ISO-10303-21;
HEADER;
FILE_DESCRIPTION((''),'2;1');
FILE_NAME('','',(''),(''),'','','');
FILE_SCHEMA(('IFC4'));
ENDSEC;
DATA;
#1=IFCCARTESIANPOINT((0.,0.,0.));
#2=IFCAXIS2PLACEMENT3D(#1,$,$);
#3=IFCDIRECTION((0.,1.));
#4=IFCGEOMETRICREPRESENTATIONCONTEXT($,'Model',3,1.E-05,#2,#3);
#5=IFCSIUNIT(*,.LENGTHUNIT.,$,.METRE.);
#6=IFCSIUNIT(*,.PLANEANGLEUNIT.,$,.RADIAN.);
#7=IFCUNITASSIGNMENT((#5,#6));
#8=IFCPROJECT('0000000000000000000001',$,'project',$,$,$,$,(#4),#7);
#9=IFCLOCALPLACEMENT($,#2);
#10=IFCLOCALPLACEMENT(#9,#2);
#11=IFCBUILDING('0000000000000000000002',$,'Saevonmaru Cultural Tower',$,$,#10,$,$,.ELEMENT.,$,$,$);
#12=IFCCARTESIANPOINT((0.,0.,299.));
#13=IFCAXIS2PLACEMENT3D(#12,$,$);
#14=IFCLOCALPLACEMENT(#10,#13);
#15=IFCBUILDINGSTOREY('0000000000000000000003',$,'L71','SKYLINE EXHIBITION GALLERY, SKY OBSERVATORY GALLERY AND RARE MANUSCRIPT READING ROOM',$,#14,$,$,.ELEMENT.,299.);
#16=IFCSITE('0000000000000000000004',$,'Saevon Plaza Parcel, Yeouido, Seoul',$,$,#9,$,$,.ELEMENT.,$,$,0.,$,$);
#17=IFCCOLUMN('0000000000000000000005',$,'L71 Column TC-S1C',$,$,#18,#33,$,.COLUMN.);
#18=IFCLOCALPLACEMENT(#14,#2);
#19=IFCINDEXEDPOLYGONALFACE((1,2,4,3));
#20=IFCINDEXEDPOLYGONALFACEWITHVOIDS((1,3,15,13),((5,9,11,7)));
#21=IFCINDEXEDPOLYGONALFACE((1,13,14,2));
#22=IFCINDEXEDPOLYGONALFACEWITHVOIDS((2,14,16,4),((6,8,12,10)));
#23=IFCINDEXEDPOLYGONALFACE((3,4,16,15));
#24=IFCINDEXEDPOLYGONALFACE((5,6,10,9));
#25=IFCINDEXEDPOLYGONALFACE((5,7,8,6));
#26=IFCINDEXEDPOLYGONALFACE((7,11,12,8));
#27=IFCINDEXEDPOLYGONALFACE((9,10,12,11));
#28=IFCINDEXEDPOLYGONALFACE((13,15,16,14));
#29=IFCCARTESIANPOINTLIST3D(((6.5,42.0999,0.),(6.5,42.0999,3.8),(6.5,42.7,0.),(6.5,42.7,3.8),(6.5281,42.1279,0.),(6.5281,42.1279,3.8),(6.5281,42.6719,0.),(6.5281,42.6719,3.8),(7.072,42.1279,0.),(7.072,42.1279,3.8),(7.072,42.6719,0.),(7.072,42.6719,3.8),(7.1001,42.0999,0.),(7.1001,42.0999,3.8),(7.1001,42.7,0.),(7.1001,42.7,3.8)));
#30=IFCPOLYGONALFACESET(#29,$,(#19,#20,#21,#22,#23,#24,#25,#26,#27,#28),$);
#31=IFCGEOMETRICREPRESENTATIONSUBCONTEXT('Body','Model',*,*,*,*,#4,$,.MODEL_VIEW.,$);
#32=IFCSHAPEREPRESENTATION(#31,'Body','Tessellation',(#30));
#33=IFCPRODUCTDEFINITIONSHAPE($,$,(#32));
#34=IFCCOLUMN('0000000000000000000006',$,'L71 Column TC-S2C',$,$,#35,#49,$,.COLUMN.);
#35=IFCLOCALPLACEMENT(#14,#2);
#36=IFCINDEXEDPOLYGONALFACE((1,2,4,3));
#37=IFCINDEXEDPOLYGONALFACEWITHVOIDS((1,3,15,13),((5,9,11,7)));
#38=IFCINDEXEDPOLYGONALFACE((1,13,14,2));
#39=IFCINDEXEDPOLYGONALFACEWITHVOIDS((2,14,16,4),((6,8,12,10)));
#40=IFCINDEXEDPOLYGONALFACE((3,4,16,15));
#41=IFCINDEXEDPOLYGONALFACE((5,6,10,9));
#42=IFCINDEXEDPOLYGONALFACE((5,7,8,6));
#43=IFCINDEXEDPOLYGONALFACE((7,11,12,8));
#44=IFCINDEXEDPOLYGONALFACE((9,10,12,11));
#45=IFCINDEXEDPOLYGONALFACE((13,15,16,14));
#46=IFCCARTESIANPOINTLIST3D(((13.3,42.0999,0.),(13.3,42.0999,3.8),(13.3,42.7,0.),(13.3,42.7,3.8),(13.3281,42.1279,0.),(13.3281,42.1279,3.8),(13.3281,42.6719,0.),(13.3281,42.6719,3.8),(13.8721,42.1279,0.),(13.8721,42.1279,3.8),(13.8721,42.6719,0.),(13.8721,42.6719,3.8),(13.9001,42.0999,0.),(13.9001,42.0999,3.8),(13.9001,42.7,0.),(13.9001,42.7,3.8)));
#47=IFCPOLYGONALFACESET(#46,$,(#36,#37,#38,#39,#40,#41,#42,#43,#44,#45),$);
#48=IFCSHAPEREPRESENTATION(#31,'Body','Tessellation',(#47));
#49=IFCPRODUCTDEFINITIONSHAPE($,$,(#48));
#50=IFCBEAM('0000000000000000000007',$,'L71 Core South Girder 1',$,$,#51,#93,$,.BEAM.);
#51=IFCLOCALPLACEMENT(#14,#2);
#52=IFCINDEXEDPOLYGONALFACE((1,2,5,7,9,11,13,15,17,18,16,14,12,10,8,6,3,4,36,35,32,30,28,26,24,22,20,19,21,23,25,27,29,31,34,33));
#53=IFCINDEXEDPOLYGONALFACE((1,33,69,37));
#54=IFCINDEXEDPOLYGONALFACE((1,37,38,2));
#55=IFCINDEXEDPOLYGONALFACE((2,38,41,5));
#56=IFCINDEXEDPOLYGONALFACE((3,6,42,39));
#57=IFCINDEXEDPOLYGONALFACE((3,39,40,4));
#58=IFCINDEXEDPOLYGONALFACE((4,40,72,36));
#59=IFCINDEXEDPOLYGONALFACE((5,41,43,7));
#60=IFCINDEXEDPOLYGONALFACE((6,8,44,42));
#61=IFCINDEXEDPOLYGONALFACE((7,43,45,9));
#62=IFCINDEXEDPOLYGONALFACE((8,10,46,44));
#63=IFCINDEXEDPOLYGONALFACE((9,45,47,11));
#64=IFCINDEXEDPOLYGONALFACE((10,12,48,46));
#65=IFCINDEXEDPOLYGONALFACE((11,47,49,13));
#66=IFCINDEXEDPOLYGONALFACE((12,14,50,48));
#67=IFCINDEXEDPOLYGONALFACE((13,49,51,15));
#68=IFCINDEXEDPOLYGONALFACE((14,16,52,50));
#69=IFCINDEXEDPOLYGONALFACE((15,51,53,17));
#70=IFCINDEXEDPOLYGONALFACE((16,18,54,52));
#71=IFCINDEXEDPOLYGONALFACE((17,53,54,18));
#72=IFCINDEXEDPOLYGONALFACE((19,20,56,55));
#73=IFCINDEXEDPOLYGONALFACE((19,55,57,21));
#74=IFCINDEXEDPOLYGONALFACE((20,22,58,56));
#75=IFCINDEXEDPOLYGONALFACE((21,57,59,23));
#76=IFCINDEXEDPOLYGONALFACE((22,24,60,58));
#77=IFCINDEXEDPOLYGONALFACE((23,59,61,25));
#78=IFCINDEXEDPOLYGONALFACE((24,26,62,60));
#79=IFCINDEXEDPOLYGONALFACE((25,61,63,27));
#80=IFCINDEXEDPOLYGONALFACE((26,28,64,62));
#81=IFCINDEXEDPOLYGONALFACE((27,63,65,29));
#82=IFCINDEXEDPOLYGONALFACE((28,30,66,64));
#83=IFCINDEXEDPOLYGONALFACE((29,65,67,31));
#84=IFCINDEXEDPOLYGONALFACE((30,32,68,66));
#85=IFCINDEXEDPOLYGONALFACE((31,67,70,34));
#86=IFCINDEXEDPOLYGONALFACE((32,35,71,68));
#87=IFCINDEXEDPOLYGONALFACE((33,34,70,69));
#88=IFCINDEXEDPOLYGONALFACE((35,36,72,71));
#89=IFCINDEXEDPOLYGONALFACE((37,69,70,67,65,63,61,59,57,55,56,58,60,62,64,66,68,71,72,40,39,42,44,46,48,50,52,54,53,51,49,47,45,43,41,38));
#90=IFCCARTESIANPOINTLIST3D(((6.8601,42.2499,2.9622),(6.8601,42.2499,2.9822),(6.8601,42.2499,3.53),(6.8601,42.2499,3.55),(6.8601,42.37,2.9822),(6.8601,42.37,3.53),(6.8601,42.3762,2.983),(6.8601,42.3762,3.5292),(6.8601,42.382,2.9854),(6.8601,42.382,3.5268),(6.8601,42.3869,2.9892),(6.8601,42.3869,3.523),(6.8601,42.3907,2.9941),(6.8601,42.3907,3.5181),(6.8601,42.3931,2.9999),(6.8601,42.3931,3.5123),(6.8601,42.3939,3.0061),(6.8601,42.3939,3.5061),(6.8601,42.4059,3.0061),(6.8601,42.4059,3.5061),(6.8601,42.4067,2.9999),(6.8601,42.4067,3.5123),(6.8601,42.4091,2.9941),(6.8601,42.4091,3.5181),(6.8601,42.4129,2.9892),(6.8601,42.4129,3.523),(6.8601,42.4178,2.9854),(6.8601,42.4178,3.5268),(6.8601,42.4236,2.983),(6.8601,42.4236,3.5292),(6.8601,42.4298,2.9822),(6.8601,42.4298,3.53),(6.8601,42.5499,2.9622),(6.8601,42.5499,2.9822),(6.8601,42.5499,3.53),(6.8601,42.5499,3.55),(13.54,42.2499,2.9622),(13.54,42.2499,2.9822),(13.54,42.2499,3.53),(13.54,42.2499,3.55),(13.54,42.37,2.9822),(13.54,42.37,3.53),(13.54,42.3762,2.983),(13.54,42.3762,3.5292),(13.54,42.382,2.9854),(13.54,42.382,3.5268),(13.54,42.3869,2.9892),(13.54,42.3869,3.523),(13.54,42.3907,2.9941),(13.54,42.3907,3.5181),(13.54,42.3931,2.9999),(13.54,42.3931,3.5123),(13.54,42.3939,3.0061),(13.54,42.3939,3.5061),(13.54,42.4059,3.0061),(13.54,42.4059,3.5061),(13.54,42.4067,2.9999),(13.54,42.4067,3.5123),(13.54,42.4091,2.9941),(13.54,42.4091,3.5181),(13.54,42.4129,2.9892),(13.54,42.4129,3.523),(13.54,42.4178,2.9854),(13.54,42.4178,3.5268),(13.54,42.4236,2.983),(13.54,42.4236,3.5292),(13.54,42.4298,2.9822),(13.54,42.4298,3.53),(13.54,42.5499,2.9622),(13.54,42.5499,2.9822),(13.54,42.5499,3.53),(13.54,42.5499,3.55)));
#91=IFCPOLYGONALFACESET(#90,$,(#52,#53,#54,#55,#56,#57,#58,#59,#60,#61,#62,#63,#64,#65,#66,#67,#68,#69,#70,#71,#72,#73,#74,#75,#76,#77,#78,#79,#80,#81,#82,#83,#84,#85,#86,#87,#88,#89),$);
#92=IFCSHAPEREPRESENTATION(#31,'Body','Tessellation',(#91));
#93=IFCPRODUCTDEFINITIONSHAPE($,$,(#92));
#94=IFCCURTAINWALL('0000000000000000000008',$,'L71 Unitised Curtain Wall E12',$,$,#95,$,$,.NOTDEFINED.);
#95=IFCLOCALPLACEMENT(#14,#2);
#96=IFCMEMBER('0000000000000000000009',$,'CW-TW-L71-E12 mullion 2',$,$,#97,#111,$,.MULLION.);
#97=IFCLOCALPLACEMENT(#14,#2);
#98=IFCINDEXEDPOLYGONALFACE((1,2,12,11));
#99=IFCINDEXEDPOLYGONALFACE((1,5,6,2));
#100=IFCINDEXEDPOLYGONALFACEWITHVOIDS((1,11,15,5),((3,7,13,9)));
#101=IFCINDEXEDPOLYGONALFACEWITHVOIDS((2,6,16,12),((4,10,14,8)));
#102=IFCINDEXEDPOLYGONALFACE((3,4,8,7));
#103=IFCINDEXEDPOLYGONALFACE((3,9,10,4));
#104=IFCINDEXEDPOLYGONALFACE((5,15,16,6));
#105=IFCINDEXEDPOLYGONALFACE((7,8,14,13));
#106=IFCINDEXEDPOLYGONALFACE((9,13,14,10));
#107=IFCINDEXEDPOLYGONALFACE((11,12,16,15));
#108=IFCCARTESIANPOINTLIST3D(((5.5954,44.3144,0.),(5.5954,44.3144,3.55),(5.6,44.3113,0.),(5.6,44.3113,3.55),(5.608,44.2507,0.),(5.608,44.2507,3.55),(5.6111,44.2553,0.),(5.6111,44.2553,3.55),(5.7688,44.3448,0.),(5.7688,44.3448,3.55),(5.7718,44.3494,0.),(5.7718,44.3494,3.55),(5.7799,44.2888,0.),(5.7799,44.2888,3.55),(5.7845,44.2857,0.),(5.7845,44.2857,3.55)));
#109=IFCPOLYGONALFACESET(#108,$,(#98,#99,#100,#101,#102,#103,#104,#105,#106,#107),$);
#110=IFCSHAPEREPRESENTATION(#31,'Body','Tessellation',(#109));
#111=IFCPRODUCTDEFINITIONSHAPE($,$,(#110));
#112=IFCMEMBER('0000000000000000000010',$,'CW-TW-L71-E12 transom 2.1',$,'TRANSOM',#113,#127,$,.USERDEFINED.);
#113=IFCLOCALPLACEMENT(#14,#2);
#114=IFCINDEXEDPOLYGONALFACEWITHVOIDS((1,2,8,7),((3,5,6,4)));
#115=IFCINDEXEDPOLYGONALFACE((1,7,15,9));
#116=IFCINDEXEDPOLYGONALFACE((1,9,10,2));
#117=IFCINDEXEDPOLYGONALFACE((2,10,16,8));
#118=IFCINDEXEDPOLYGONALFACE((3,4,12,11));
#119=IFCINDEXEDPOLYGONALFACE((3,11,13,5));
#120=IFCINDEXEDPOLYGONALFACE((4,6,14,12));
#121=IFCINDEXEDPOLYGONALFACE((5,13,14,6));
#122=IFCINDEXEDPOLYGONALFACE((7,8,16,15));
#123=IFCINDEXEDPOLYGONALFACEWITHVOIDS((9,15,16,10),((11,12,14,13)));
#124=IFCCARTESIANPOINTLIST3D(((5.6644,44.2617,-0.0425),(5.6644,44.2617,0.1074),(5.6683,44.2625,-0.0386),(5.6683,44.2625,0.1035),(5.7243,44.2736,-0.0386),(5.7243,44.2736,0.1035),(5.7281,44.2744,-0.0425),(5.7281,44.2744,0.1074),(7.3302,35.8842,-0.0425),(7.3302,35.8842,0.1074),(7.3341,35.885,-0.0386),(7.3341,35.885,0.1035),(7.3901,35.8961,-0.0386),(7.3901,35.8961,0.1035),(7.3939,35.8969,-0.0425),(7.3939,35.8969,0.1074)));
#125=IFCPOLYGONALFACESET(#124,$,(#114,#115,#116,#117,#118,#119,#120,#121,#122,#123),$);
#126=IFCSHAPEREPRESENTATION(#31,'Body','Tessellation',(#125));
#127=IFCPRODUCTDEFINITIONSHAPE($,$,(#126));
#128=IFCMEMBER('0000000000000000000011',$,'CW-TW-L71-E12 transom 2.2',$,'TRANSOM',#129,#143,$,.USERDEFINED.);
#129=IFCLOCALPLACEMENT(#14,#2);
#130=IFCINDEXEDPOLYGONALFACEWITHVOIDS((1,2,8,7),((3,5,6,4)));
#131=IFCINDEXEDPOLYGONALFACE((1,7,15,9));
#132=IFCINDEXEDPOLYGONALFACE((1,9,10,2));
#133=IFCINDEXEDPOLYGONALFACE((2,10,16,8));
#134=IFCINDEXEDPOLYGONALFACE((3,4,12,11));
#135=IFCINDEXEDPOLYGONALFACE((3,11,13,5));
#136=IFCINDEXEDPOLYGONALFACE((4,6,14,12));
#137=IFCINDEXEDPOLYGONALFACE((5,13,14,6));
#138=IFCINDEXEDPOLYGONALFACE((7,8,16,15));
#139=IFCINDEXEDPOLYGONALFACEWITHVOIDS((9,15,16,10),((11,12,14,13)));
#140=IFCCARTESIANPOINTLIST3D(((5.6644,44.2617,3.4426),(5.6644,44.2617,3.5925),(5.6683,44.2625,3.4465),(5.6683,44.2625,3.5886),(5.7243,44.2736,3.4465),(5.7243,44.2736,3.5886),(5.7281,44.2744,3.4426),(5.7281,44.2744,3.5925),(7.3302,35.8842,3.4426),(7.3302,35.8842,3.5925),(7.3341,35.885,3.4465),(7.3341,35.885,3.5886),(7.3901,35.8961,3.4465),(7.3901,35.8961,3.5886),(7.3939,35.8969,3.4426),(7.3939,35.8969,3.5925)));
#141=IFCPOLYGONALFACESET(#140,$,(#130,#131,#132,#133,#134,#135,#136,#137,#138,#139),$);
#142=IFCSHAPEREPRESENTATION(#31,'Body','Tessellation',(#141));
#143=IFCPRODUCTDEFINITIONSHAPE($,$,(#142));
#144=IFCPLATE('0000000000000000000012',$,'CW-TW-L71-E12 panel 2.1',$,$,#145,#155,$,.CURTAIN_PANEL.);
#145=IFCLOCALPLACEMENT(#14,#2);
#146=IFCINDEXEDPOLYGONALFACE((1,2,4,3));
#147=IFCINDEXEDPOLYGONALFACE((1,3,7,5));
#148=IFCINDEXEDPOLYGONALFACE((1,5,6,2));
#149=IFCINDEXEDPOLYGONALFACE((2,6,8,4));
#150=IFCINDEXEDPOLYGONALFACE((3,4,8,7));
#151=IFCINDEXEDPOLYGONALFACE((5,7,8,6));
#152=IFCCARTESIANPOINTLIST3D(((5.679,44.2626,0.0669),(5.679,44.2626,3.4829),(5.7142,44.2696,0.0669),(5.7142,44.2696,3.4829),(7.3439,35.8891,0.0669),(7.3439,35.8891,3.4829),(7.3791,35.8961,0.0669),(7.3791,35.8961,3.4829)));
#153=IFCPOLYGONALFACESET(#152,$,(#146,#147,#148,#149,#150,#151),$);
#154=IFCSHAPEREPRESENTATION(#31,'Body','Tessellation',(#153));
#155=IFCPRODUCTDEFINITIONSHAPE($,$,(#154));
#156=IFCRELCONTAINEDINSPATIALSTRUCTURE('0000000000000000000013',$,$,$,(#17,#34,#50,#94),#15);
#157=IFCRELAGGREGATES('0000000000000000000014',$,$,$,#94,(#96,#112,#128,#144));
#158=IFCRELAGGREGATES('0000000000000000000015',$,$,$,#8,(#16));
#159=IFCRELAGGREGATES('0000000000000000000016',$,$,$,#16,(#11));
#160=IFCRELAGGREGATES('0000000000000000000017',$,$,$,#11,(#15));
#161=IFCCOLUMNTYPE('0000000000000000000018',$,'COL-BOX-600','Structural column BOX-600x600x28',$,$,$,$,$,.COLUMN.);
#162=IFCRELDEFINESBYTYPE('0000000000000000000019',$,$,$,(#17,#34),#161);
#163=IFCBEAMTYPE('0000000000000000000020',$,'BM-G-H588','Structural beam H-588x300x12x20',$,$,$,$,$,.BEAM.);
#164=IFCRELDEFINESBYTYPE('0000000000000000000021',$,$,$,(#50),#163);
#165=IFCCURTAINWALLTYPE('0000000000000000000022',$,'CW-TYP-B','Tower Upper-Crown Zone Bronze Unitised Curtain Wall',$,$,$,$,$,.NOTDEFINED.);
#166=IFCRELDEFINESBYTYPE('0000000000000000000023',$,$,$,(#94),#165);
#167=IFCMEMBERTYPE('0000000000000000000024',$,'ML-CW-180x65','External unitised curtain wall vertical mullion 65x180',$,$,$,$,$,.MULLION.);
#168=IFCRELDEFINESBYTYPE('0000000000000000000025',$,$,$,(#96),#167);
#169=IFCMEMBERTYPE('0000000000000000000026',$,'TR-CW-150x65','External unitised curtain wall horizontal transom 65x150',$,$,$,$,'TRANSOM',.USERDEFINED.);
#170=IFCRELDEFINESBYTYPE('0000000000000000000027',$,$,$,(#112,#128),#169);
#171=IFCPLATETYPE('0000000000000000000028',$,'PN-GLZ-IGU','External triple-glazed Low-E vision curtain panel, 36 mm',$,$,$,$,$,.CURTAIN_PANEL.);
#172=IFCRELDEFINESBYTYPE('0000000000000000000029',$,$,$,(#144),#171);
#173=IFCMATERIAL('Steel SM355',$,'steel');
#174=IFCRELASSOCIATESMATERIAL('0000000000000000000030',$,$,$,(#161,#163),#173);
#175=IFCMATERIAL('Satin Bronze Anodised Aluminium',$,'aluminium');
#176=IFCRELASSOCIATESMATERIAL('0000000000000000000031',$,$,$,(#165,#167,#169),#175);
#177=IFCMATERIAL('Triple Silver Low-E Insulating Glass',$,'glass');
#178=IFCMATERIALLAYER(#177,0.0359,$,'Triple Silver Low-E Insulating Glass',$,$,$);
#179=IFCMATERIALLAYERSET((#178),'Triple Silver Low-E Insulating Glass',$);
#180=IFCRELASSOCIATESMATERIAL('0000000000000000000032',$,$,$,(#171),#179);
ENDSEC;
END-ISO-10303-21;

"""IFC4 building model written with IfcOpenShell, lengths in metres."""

from ifc_helpers import new_model, si_unit, direction, frame, origin, origin_2d, place, context, subcontext, project, spatial, rectangle, hollow_rectangle, i_section, extrude, material, layer, layer_set, material_profile, profile_set, type_object, element, aggregate, save


model = new_model("IFC4")

# Units and contexts
model_context = context("Model", 3, precision=1e-05, world=origin(), true_north=direction((0.0, 1.0)))
body_context = subcontext(model_context, "Body", "Model", "MODEL_VIEW")
ifc_project = project(units=[si_unit("LENGTHUNIT", "METRE"), si_unit("PLANEANGLEUNIT", "RADIAN")], contexts=[model_context])

# Site, building, storey
site_placement = place(None, origin())
site = spatial("IfcSite", under=ifc_project, at=site_placement, Name="Saevon Plaza Parcel, Yeouido, Seoul", CompositionType="ELEMENT", RefElevation=0.0)
building_placement = place(site_placement, origin())
building = spatial("IfcBuilding", under=site, at=building_placement, Name="Saevonmaru Cultural Tower", CompositionType="ELEMENT")
storey_placement = place(building_placement, frame((0.0, 0.0, 299.0)))
storey = spatial("IfcBuildingStorey", under=building, at=storey_placement, Name="L71", Description="SKYLINE EXHIBITION GALLERY, SKY OBSERVATORY GALLERY AND RARE MANUSCRIPT READING ROOM", CompositionType="ELEMENT", Elevation=299.0)

# Columns
ifc_material_1 = material(Name="Steel SM355", Category="steel")
ifc_material_profile_1 = material_profile(ifc_material_1, hollow_rectangle(XDim=0.6001, YDim=0.6001, WallThickness=0.0281, at=origin_2d()), Name="BOX-600x600x28")
ifc_profile_set_1 = profile_set([ifc_material_profile_1], Name="Steel SM355")
column_type = type_object("IfcColumnType", Name="COL-BOX-600", Description="Structural column BOX-600x600x28", PredefinedType="COLUMN", material=ifc_profile_set_1)
for number, where, z_axis, x_axis, name in (
    (1, (6.8, 42.3999, 0.0), (0.0, 0.0, 1.0), (1.0, 0.0, 0.0), "L71 Column TC-S1C"),
    (2, (13.6001, 42.3999, 0.0), (0.0, 0.0, 1.0), (1.0, 0.0, 0.0), "L71 Column TC-S2C"),
):
    element("IfcColumn", number, at=place(storey_placement, frame(where, z_axis=z_axis, x_axis=x_axis)), inside=storey, type_object=column_type, Name=name, PredefinedType="COLUMN", context=body_context, shape_type="SweptSolid", body=[
        extrude(hollow_rectangle(XDim=0.6001, YDim=0.6001, WallThickness=0.0281, at=origin_2d()), origin(), (0.0, 0.0, 1.0), 3.8),
    ])

# Beam
ifc_material_profile_2 = material_profile(ifc_material_1, i_section(OverallWidth=0.3, OverallDepth=0.5879, WebThickness=0.012, FlangeThickness=0.02, FilletRadius=0.0239, at=origin_2d()), Name="H-588x300x12x20")
ifc_profile_set_2 = profile_set([ifc_material_profile_2], Name="Steel SM355")
beam_type = type_object("IfcBeamType", Name="BM-G-H588", Description="Structural beam H-588x300x12x20", PredefinedType="BEAM", material=ifc_profile_set_2)
beam_placement = place(storey_placement, frame((6.8601, 42.3999, 3.2561), z_axis=(1.0, 0.0, 0.0), x_axis=(0.0, 1.0, 0.0)))
element("IfcBeam", 3, at=beam_placement, inside=storey, type_object=beam_type, Name="L71 Core South Girder 1", PredefinedType="BEAM", context=body_context, shape_type="SweptSolid", body=[
    extrude(i_section(OverallWidth=0.3, OverallDepth=0.5879, WebThickness=0.012, FlangeThickness=0.02, FilletRadius=0.0239, at=origin_2d()), origin(), (0.0, 0.0, 1.0), 6.6799),
])

# Curtain wall, members, plate
ifc_material_2 = material(Name="Satin Bronze Anodised Aluminium", Category="aluminium")
curtain_wall_type = type_object("IfcCurtainWallType", Name="CW-TYP-B", Description="Tower Upper-Crown Zone Bronze Unitised Curtain Wall", PredefinedType="NOTDEFINED", material=ifc_material_2)
curtain_wall_placement = place(storey_placement, origin())
curtain_wall = element("IfcCurtainWall", 4, at=curtain_wall_placement, inside=storey, type_object=curtain_wall_type, Name="L71 Unitised Curtain Wall E12", PredefinedType="NOTDEFINED")
ifc_material_profile_3 = material_profile(ifc_material_2, hollow_rectangle(XDim=0.0649, YDim=0.1799, WallThickness=0.0039, at=origin_2d()), Name="ALU-MULL-180x65x4")
ifc_profile_set_3 = profile_set([ifc_material_profile_3], Name="Satin Bronze Anodised Aluminium")
member_type_1 = type_object("IfcMemberType", Name="ML-CW-180x65", Description="External unitised curtain wall vertical mullion 65x180", PredefinedType="MULLION", material=ifc_profile_set_3)
member_1_placement = place(storey_placement, frame((5.6899, 44.3, 0.0), z_axis=(0.0, 0.0, 1.0), x_axis=(0.195005, -0.980802, 0.0)))
member_1 = element("IfcMember", 5, at=member_1_placement, type_object=member_type_1, Name="CW-TW-L71-E12 mullion 2", PredefinedType="MULLION", context=body_context, shape_type="SweptSolid", body=[
    extrude(hollow_rectangle(XDim=0.0649, YDim=0.1799, WallThickness=0.0039, at=origin_2d()), origin(), (0.0, 0.0, 1.0), 3.55),
])
ifc_material_profile_4 = material_profile(ifc_material_2, hollow_rectangle(XDim=0.0649, YDim=0.1499, WallThickness=0.0039, at=origin_2d()), Name="ALU-TRAN-150x65x4")
ifc_profile_set_4 = profile_set([ifc_material_profile_4], Name="Satin Bronze Anodised Aluminium")
member_type_2 = type_object("IfcMemberType", Name="TR-CW-150x65", Description="External unitised curtain wall horizontal transom 65x150", ElementType="TRANSOM", PredefinedType="USERDEFINED", material=ifc_profile_set_4)
member_2_placement = place(storey_placement, frame((5.6963, 44.2681, 0.0325), z_axis=(0.195022, -0.980799, 0.0), x_axis=(0.980799, 0.195022, 0.0)))
member_2 = element("IfcMember", 6, at=member_2_placement, type_object=member_type_2, Name="CW-TW-L71-E12 transom 2.1", ObjectType="TRANSOM", PredefinedType="USERDEFINED", context=body_context, shape_type="SweptSolid", body=[
    extrude(hollow_rectangle(XDim=0.0649, YDim=0.1499, WallThickness=0.0039, at=origin_2d()), origin(), (0.0, 0.0, 1.0), 8.5415),
])
member_3_placement = place(storey_placement, frame((5.6963, 44.2681, 3.5176), z_axis=(0.195022, -0.980799, 0.0), x_axis=(0.980799, 0.195022, 0.0)))
member_3 = element("IfcMember", 7, at=member_3_placement, type_object=member_type_2, Name="CW-TW-L71-E12 transom 2.2", ObjectType="TRANSOM", PredefinedType="USERDEFINED", context=body_context, shape_type="SweptSolid", body=[
    extrude(hollow_rectangle(XDim=0.0649, YDim=0.1499, WallThickness=0.0039, at=origin_2d()), origin(), (0.0, 0.0, 1.0), 8.5415),
])
ifc_material_3 = material(Name="Triple Silver Low-E Insulating Glass", Category="glass")
ifc_layer_1 = layer(ifc_material_3, 0.0359, Name="Triple Silver Low-E Insulating Glass")
ifc_layer_set_1 = layer_set([ifc_layer_1], Name="Triple Silver Low-E Insulating Glass")
plate_type = type_object("IfcPlateType", Name="PN-GLZ-IGU", Description="External triple-glazed Low-E vision curtain panel, 36 mm", PredefinedType="CURTAIN_PANEL", material=ifc_layer_set_1)
plate_placement = place(storey_placement, frame((6.5291, 40.0793, 0.0669), z_axis=(0.0, 0.0, 1.0), x_axis=(0.195005, -0.980802, 0.0)))
plate = element("IfcPlate", 8, at=plate_placement, type_object=plate_type, Name="CW-TW-L71-E12 panel 2.1", PredefinedType="CURTAIN_PANEL", context=body_context, shape_type="SweptSolid", body=[
    extrude(rectangle(XDim=8.5374, YDim=0.0359, at=origin_2d()), origin(), (0.0, 0.0, 1.0), 3.416),
])
aggregate(curtain_wall, [member_1, member_2, member_3, plate])

save(model, "model.ifc")
